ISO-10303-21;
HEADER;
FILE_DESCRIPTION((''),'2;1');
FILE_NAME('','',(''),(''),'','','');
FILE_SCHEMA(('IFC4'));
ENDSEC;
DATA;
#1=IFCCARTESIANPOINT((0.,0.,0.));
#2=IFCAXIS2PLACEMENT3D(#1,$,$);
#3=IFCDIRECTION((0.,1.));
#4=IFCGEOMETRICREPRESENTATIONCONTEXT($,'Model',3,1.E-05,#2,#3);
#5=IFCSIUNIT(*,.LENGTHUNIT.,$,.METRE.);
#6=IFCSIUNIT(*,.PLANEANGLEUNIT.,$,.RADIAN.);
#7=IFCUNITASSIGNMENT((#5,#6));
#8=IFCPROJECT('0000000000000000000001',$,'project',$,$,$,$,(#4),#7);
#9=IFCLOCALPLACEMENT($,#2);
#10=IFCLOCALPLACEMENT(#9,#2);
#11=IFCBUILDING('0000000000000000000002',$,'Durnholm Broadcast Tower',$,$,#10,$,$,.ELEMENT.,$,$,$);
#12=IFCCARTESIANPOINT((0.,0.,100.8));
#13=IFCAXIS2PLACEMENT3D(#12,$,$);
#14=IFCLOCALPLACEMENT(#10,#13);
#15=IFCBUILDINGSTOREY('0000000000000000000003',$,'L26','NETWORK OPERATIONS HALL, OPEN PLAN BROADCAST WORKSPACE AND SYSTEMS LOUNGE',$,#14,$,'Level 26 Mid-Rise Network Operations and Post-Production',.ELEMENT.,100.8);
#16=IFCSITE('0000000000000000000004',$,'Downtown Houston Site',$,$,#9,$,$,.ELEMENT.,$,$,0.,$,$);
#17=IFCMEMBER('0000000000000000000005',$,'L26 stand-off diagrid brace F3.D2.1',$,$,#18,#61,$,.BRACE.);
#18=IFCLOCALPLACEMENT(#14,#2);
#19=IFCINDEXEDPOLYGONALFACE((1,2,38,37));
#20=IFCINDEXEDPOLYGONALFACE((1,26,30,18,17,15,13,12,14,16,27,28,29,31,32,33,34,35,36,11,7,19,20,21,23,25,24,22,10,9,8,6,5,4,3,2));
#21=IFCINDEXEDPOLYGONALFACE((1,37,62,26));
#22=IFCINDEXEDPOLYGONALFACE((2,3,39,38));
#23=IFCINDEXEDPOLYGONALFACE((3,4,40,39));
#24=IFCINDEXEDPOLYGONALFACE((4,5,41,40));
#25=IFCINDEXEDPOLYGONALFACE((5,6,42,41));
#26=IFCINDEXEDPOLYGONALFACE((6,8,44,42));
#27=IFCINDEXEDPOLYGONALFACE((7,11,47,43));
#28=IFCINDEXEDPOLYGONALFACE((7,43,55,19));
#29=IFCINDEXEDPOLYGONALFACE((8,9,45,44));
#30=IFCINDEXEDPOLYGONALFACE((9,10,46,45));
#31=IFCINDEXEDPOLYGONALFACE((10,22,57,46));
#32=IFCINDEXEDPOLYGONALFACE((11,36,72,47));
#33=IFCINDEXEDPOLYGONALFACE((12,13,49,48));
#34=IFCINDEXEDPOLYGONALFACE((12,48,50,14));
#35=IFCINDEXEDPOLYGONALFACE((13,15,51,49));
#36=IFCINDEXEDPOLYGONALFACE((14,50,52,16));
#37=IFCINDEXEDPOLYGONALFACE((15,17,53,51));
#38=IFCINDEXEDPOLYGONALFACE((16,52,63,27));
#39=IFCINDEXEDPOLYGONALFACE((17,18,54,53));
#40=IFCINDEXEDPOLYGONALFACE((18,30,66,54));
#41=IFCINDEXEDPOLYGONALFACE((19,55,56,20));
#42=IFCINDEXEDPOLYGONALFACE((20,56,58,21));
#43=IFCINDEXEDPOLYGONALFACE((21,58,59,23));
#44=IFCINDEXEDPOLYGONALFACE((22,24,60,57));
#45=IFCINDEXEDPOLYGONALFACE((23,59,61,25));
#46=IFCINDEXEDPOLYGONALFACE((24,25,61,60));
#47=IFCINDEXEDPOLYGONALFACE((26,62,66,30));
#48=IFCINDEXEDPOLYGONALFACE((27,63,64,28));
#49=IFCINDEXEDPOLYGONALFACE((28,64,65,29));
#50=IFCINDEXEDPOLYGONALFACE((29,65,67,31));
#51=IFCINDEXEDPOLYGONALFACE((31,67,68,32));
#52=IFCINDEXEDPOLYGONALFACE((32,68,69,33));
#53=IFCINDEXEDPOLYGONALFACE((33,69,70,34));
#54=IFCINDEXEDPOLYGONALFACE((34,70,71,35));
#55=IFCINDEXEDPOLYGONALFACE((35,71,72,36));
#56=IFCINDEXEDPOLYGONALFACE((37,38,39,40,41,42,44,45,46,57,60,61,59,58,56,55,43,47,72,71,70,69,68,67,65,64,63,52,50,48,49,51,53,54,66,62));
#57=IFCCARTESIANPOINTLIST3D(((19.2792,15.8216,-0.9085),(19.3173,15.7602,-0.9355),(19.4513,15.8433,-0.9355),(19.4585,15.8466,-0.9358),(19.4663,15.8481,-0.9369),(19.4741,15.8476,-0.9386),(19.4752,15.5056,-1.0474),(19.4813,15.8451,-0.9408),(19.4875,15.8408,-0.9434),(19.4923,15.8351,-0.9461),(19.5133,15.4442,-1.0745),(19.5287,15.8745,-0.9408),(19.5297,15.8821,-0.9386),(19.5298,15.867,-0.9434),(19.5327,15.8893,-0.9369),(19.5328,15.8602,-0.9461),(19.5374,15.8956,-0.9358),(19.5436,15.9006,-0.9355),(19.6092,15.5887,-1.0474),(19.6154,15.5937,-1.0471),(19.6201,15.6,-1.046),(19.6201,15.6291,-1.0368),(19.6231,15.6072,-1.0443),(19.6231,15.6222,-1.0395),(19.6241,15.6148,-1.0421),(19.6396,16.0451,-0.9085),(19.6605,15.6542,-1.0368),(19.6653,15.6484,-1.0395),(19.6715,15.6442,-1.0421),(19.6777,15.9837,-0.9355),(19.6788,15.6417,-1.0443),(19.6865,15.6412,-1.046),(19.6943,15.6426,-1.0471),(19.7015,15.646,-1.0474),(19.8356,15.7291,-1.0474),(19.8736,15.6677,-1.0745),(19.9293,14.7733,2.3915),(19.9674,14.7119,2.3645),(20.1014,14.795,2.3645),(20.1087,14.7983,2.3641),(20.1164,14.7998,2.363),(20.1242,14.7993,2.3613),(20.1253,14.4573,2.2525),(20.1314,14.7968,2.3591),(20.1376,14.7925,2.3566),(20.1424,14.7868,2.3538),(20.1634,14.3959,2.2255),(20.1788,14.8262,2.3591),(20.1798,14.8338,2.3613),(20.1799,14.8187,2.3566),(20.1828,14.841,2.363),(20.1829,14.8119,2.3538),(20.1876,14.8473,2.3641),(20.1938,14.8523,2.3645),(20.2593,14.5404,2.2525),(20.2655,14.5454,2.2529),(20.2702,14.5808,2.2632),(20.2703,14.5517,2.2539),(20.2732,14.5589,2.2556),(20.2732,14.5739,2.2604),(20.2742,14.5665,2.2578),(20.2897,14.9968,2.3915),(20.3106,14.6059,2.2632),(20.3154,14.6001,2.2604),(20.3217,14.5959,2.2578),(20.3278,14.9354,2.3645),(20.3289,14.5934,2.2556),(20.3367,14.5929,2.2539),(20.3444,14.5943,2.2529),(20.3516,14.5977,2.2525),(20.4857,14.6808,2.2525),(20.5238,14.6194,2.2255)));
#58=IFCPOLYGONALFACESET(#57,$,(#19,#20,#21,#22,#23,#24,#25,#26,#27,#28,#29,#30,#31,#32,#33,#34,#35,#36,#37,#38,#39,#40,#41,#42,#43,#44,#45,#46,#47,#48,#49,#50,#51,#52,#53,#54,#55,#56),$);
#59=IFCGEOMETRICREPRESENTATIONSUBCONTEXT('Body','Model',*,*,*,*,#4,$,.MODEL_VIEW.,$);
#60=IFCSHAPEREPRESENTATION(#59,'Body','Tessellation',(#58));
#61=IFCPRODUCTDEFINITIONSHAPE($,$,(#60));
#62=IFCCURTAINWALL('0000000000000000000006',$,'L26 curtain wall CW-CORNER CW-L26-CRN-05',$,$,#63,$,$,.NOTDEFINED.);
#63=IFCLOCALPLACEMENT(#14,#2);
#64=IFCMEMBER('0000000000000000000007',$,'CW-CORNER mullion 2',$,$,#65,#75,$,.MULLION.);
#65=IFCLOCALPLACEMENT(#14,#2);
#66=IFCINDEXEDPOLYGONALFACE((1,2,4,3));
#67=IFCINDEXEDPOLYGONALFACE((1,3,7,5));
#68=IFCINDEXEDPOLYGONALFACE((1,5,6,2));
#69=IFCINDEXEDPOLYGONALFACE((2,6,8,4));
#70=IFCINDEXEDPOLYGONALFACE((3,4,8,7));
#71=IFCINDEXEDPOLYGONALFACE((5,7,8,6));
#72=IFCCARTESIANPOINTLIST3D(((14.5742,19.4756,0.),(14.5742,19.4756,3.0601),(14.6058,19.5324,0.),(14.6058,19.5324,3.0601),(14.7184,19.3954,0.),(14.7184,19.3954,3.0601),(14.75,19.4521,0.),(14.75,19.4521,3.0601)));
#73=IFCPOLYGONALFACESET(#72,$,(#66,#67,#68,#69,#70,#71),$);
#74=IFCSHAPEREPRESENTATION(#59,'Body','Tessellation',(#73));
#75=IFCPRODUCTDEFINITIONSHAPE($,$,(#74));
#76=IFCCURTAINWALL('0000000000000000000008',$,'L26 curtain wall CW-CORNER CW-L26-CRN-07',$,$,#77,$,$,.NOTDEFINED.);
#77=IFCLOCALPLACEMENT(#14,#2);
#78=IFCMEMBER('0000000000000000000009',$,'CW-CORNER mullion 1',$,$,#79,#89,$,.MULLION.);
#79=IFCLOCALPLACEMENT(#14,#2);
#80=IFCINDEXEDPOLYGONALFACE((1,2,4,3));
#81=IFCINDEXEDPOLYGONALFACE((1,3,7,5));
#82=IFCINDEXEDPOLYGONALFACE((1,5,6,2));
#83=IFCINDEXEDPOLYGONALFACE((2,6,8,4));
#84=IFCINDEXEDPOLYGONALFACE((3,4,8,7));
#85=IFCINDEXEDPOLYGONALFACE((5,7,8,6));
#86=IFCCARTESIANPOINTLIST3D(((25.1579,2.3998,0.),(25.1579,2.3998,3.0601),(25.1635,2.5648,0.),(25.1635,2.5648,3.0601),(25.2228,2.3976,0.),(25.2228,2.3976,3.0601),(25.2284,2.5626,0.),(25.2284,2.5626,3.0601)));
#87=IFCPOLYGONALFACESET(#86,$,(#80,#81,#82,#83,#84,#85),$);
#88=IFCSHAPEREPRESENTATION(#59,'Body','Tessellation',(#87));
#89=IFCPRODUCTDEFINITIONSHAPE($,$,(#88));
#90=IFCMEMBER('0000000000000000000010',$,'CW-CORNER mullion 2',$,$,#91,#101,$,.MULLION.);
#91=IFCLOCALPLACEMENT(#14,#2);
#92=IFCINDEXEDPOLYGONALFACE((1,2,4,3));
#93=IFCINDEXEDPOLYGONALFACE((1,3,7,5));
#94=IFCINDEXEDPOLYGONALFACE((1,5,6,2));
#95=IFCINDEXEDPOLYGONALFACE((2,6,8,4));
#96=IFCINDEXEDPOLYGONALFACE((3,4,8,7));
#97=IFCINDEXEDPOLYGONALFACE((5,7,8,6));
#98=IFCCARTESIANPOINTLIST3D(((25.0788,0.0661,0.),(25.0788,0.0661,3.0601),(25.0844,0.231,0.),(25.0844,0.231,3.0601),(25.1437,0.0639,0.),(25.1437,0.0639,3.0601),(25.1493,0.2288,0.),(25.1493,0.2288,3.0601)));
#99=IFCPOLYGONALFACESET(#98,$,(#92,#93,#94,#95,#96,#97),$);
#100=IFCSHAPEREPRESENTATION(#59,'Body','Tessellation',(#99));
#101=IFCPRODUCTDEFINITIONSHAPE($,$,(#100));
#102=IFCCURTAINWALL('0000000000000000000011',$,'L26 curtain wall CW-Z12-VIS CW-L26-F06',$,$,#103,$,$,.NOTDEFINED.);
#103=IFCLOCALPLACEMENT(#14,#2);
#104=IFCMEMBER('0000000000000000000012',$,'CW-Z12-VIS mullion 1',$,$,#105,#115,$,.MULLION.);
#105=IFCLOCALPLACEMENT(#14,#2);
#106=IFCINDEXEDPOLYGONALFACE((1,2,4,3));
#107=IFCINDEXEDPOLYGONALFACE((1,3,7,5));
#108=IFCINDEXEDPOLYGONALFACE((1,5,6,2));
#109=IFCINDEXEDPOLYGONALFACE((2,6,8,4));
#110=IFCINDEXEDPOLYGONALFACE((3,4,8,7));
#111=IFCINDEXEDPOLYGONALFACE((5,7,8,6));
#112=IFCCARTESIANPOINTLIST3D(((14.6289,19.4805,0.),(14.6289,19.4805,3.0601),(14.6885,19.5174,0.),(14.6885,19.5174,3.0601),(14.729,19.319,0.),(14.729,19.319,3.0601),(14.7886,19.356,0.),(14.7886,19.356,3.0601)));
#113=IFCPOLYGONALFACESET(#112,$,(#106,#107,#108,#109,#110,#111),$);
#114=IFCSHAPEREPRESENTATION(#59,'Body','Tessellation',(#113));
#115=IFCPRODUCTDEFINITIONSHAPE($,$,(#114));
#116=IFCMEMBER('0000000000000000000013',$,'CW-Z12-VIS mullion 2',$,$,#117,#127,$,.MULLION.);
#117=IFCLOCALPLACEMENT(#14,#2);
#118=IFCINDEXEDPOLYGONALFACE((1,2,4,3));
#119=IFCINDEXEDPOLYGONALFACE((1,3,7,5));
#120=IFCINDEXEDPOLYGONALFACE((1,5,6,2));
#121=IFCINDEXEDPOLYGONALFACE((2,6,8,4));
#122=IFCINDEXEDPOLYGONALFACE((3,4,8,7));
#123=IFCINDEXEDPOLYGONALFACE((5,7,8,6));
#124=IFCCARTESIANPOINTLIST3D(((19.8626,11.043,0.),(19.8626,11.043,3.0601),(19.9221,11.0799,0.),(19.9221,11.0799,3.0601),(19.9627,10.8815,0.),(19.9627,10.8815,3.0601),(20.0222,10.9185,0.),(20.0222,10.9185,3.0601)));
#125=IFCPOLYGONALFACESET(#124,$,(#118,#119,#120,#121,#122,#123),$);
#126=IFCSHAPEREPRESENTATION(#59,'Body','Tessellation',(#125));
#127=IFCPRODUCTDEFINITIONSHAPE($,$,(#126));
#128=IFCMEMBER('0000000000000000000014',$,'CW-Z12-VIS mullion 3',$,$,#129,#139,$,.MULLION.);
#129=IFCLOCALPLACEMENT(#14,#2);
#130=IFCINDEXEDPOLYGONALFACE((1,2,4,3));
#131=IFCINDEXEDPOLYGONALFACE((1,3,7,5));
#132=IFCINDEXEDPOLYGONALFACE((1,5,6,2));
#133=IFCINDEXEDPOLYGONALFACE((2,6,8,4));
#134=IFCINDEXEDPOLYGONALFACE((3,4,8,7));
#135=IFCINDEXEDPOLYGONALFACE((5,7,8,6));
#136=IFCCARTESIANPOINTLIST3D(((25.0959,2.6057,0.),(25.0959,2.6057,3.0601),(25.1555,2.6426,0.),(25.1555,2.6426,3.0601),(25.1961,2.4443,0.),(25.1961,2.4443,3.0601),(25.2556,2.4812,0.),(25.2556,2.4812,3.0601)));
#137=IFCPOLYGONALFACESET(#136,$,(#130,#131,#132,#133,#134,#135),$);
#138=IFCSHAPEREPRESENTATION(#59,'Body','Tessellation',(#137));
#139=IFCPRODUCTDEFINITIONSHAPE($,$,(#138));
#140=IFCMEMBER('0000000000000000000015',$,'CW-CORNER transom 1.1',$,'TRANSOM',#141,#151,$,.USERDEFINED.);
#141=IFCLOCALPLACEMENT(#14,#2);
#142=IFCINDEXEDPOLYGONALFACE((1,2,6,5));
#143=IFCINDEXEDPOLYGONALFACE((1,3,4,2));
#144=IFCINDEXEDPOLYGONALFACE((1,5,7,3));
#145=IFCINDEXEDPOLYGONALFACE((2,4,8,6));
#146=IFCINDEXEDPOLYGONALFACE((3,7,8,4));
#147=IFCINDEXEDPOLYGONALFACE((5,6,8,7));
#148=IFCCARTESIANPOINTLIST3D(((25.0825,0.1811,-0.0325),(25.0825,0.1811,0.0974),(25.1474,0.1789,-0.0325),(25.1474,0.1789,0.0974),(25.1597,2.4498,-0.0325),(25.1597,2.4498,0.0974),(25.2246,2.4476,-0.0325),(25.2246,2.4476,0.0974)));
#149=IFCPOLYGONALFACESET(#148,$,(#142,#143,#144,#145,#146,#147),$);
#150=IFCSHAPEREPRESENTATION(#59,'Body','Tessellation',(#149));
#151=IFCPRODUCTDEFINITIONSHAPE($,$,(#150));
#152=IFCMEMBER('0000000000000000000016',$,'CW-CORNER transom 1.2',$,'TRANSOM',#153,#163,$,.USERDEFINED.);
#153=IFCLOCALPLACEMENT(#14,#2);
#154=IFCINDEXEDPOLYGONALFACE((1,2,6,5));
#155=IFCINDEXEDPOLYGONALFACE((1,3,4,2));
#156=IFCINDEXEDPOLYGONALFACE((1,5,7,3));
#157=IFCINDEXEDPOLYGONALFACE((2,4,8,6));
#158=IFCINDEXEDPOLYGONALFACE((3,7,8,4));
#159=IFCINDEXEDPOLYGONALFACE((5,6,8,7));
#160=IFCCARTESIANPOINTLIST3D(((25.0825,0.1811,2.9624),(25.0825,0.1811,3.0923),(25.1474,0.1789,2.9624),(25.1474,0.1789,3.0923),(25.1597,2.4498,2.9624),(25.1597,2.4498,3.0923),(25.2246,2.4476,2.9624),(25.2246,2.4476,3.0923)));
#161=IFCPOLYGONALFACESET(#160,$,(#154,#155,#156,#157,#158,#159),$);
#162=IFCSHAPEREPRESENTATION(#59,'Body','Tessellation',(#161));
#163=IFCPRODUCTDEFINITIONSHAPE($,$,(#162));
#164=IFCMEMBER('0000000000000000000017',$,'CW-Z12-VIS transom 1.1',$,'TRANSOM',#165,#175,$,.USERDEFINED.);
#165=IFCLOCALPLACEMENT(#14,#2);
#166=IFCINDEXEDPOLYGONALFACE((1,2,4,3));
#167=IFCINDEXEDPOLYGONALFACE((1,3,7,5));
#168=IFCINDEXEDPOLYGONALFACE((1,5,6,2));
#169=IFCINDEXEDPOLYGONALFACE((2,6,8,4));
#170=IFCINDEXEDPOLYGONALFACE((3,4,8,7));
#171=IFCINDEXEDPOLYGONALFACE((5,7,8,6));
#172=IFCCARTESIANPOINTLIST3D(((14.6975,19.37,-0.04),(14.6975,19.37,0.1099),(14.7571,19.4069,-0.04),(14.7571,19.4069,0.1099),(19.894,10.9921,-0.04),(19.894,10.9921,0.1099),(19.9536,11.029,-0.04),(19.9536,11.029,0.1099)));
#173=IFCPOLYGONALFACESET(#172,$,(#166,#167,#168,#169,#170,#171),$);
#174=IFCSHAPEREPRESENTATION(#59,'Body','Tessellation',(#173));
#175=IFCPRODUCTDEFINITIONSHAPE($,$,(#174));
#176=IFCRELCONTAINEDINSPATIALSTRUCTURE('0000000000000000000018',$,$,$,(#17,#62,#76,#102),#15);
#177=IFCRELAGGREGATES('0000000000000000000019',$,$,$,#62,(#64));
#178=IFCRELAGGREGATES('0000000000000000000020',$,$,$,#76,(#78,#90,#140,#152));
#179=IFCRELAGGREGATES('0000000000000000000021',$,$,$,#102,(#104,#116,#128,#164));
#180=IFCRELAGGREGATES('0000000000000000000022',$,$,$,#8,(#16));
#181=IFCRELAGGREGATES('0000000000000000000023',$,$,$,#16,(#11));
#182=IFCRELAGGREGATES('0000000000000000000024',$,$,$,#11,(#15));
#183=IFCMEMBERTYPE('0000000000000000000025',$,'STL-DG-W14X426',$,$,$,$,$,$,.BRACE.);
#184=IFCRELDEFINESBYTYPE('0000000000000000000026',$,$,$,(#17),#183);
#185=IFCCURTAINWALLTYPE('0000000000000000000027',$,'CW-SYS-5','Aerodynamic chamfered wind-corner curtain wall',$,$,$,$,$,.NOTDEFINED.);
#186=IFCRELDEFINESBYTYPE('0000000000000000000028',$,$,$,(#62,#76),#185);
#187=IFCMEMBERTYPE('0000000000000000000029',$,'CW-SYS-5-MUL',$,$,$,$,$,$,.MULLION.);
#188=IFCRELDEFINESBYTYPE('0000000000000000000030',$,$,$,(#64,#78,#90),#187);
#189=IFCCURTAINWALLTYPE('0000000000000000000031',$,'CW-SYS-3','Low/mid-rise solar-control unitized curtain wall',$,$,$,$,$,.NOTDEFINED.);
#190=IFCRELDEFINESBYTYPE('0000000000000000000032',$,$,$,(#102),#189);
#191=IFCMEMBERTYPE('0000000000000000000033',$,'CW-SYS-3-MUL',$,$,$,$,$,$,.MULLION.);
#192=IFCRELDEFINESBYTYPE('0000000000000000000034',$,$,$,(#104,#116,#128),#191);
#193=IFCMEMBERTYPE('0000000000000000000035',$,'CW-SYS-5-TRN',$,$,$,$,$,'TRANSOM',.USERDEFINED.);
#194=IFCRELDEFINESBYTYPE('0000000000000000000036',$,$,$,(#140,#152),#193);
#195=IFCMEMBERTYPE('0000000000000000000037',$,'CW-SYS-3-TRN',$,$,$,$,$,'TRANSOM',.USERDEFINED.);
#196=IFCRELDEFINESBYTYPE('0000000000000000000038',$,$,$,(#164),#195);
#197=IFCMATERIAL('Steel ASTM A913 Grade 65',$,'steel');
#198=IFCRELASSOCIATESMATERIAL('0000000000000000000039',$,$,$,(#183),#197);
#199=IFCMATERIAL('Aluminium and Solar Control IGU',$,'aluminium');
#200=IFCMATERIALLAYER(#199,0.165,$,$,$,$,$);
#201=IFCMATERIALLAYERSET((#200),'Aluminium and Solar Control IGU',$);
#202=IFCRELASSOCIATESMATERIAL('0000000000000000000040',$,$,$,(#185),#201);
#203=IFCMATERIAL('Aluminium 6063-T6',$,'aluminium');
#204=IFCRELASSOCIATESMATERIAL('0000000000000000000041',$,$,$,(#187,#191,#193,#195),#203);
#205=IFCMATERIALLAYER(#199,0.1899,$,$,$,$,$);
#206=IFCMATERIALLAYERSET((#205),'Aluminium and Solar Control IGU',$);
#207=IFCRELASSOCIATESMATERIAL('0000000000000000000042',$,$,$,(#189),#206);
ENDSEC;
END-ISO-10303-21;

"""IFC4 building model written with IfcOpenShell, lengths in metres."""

from ifc_helpers import new_model, si_unit, direction, frame, origin, origin_2d, place, context, subcontext, project, spatial, rectangle, i_section, extrude, source, transform, mapped, material, layer, layer_set, material_profile, profile_set, type_object, type_shapes, element, aggregate, save


model = new_model("IFC4")

# Units and contexts
model_context = context("Model", 3, precision=1e-05, world=origin(), true_north=direction((0.0, 1.0)))
body_context = subcontext(model_context, "Body", "Model", "MODEL_VIEW")
ifc_project = project(units=[si_unit("LENGTHUNIT", "METRE"), si_unit("PLANEANGLEUNIT", "RADIAN")], contexts=[model_context])

# Site, building, storey
site_placement = place(None, origin())
site = spatial("IfcSite", under=ifc_project, at=site_placement, Name="Downtown Houston Site", CompositionType="ELEMENT", RefElevation=0.0)
building_placement = place(site_placement, origin())
building = spatial("IfcBuilding", under=site, at=building_placement, Name="Durnholm Broadcast Tower", CompositionType="ELEMENT")
storey_placement = place(building_placement, frame((0.0, 0.0, 100.8)))
storey = spatial("IfcBuildingStorey", under=building, at=storey_placement, Name="L26", Description="NETWORK OPERATIONS HALL, OPEN PLAN BROADCAST WORKSPACE AND SYSTEMS LOUNGE", LongName="Level 26 Mid-Rise Network Operations and Post-Production", CompositionType="ELEMENT", Elevation=100.8)

# Member
ifc_material_1 = material(Name="Steel ASTM A913 Grade 65", Category="steel")
ifc_material_profile_1 = material_profile(ifc_material_1, i_section(OverallWidth=0.4241, OverallDepth=0.4741, WebThickness=0.0476, FlangeThickness=0.0771, FilletRadius=0.0305, at=origin_2d()), Name="W14X426")
ifc_profile_set_1 = profile_set([ifc_material_profile_1], Name="Steel ASTM A913 Grade 65")
member_type_1 = type_object("IfcMemberType", Name="STL-DG-W14X426", PredefinedType="BRACE", material=ifc_profile_set_1)
shared_shape_1 = source(origin(), body_context, "Body", "SweptSolid", [
    extrude(i_section(OverallWidth=0.4241, OverallDepth=0.4741, WebThickness=0.0476, FlangeThickness=0.0771, FilletRadius=0.0305, at=origin_2d()), origin(), (0.0, 0.0, 1.0), 3.5229),
])
member_1_placement = place(storey_placement, frame((19.5764, 15.7446, -0.9915), z_axis=(0.18454, -0.297564, 0.936697), x_axis=(0.849839, 0.527043, 0.0)))
element("IfcMember", 1, at=member_1_placement, inside=storey, type_object=member_type_1, Name="L26 stand-off diagrid brace F3.D2.1", PredefinedType="BRACE", context=body_context, shape_type="MappedRepresentation", body=[
    mapped(shared_shape_1, transform((0.0, 0.0, 0.0), x_axis=(1.0, 0.0, 0.0), y_axis=(0.0, 1.0, 0.0), z_axis=(0.0, 0.0, 1.0), scale=1.0)),
])

# Curtain wall, member
ifc_material_2 = material(Name="Aluminium and Solar Control IGU", Category="aluminium")
ifc_layer_1 = layer(ifc_material_2, 0.165)
ifc_layer_set_1 = layer_set([ifc_layer_1], Name="Aluminium and Solar Control IGU")
curtain_wall_type_1 = type_object("IfcCurtainWallType", Name="CW-SYS-5", Description="Aerodynamic chamfered wind-corner curtain wall", PredefinedType="NOTDEFINED", material=ifc_layer_set_1)
curtain_wall_1_placement = place(storey_placement, origin())
curtain_wall_1 = element("IfcCurtainWall", 2, at=curtain_wall_1_placement, inside=storey, type_object=curtain_wall_type_1, Name="L26 curtain wall CW-CORNER CW-L26-CRN-05", PredefinedType="NOTDEFINED")
ifc_material_3 = material(Name="Aluminium 6063-T6", Category="aluminium")
ifc_material_profile_2 = material_profile(ifc_material_3, rectangle(XDim=0.0649, YDim=0.165, at=origin_2d()), Name="CWM65X165")
ifc_profile_set_2 = profile_set([ifc_material_profile_2], Name="Aluminium 6063-T6")
member_type_2 = type_object("IfcMemberType", Name="CW-SYS-5-MUL", PredefinedType="MULLION", material=ifc_profile_set_2)
shared_shape_2 = source(origin(), body_context, "Body", "SweptSolid", [
    extrude(rectangle(XDim=0.0649, YDim=0.165, at=origin_2d()), origin(), (0.0, 0.0, 1.0), 3.0601),
])
type_shapes(member_type_2, [shared_shape_2])
member_2_placement = place(storey_placement, frame((14.6621, 19.4639, 0.0), z_axis=(0.0, 0.0, 1.0), x_axis=(0.486244, 0.873823, 0.0)))
member_2 = element("IfcMember", 3, at=member_2_placement, type_object=member_type_2, Name="CW-CORNER mullion 2", PredefinedType="MULLION", context=body_context, shape_type="MappedRepresentation", body=[
    mapped(shared_shape_2, transform((0.0, 0.0, 0.0), x_axis=(1.0, 0.0, 0.0), y_axis=(0.0, 1.0, 0.0), z_axis=(0.0, 0.0, 1.0), scale=1.0)),
])

# Curtain walls, members
curtain_wall_2_placement = place(storey_placement, origin())
curtain_wall_2 = element("IfcCurtainWall", 4, at=curtain_wall_2_placement, inside=storey, type_object=curtain_wall_type_1, Name="L26 curtain wall CW-CORNER CW-L26-CRN-07", PredefinedType="NOTDEFINED")
member_3_placement = place(storey_placement, frame((25.1931, 2.4812, 0.0), z_axis=(0.0, 0.0, 1.0), x_axis=(0.999425, -0.033917, 0.0)))
member_3 = element("IfcMember", 5, at=member_3_placement, type_object=member_type_2, Name="CW-CORNER mullion 1", PredefinedType="MULLION", context=body_context, shape_type="MappedRepresentation", body=[
    mapped(shared_shape_2, transform((0.0, 0.0, 0.0), x_axis=(1.0, 0.0, 0.0), y_axis=(0.0, 1.0, 0.0), z_axis=(0.0, 0.0, 1.0), scale=1.0)),
])
member_4_placement = place(storey_placement, frame((25.114, 0.1475, 0.0), z_axis=(0.0, 0.0, 1.0), x_axis=(0.999425, -0.033917, 0.0)))
member_4 = element("IfcMember", 6, at=member_4_placement, type_object=member_type_2, Name="CW-CORNER mullion 2", PredefinedType="MULLION", context=body_context, shape_type="MappedRepresentation", body=[
    mapped(shared_shape_2, transform((0.0, 0.0, 0.0), x_axis=(1.0, 0.0, 0.0), y_axis=(0.0, 1.0, 0.0), z_axis=(0.0, 0.0, 1.0), scale=1.0)),
])
ifc_layer_2 = layer(ifc_material_2, 0.1899)
ifc_layer_set_2 = layer_set([ifc_layer_2], Name="Aluminium and Solar Control IGU")
curtain_wall_type_2 = type_object("IfcCurtainWallType", Name="CW-SYS-3", Description="Low/mid-rise solar-control unitized curtain wall", PredefinedType="NOTDEFINED", material=ifc_layer_set_2)
curtain_wall_3_placement = place(storey_placement, origin())
curtain_wall_3 = element("IfcCurtainWall", 7, at=curtain_wall_3_placement, inside=storey, type_object=curtain_wall_type_2, Name="L26 curtain wall CW-Z12-VIS CW-L26-F06", PredefinedType="NOTDEFINED")
ifc_material_profile_3 = material_profile(ifc_material_3, rectangle(XDim=0.0701, YDim=0.1899, at=origin_2d()), Name="CWM70X190")
ifc_profile_set_3 = profile_set([ifc_material_profile_3], Name="Aluminium 6063-T6")
member_type_3 = type_object("IfcMemberType", Name="CW-SYS-3-MUL", PredefinedType="MULLION", material=ifc_profile_set_3)
shared_shape_3 = source(origin(), body_context, "Body", "SweptSolid", [
    extrude(rectangle(XDim=0.0701, YDim=0.1899, at=origin_2d()), origin(), (0.0, 0.0, 1.0), 3.0601),
])
type_shapes(member_type_3, [shared_shape_3])
member_5_placement = place(storey_placement, frame((14.7087, 19.4182, 0.0), z_axis=(0.0, 0.0, 1.0), x_axis=(0.8498, 0.527105, 0.0)))
member_5 = element("IfcMember", 8, at=member_5_placement, type_object=member_type_3, Name="CW-Z12-VIS mullion 1", PredefinedType="MULLION", context=body_context, shape_type="MappedRepresentation", body=[
    mapped(shared_shape_3, transform((0.0, 0.0, 0.0), x_axis=(1.0, 0.0, 0.0), y_axis=(0.0, 1.0, 0.0), z_axis=(0.0, 0.0, 1.0), scale=1.0)),
])
member_6_placement = place(storey_placement, frame((19.9424, 10.9807, 0.0), z_axis=(0.0, 0.0, 1.0), x_axis=(0.8498, 0.527105, 0.0)))
member_6 = element("IfcMember", 9, at=member_6_placement, type_object=member_type_3, Name="CW-Z12-VIS mullion 2", PredefinedType="MULLION", context=body_context, shape_type="MappedRepresentation", body=[
    mapped(shared_shape_3, transform((0.0, 0.0, 0.0), x_axis=(1.0, 0.0, 0.0), y_axis=(0.0, 1.0, 0.0), z_axis=(0.0, 0.0, 1.0), scale=1.0)),
])
member_7_placement = place(storey_placement, frame((25.1758, 2.5435, 0.0), z_axis=(0.0, 0.0, 1.0), x_axis=(0.8498, 0.527105, 0.0)))
member_7 = element("IfcMember", 10, at=member_7_placement, type_object=member_type_3, Name="CW-Z12-VIS mullion 3", PredefinedType="MULLION", context=body_context, shape_type="MappedRepresentation", body=[
    mapped(shared_shape_3, transform((0.0, 0.0, 0.0), x_axis=(1.0, 0.0, 0.0), y_axis=(0.0, 1.0, 0.0), z_axis=(0.0, 0.0, 1.0), scale=1.0)),
])

# Members
ifc_material_profile_4 = material_profile(ifc_material_3, rectangle(XDim=0.0649, YDim=0.1299, at=origin_2d()), Name="CWT65X130")
ifc_profile_set_4 = profile_set([ifc_material_profile_4], Name="Aluminium 6063-T6")
member_type_4 = type_object("IfcMemberType", Name="CW-SYS-5-TRN", ElementType="TRANSOM", PredefinedType="USERDEFINED", material=ifc_profile_set_4)
shared_shape_4 = source(origin(), body_context, "Body", "SweptSolid", [
    extrude(rectangle(XDim=0.0649, YDim=0.1299, at=origin_2d()), origin(), (0.0, 0.0, 1.0), 2.27),
])
type_shapes(member_type_4, [shared_shape_4])
member_8_placement = place(storey_placement, frame((25.1921, 2.4487, 0.0325), z_axis=(-0.033984, -0.999422, 0.0), x_axis=(0.999422, -0.033984, 0.0)))
member_8 = element("IfcMember", 11, at=member_8_placement, type_object=member_type_4, Name="CW-CORNER transom 1.1", ObjectType="TRANSOM", PredefinedType="USERDEFINED", context=body_context, shape_type="MappedRepresentation", body=[
    mapped(shared_shape_4, transform((0.0, 0.0, 0.0), x_axis=(1.0, 0.0, 0.0), y_axis=(0.0, 1.0, 0.0), z_axis=(0.0, 0.0, 1.0), scale=1.0)),
])
member_9_placement = place(storey_placement, frame((25.1921, 2.4487, 3.0273), z_axis=(-0.033984, -0.999422, 0.0), x_axis=(0.999422, -0.033984, 0.0)))
member_9 = element("IfcMember", 12, at=member_9_placement, type_object=member_type_4, Name="CW-CORNER transom 1.2", ObjectType="TRANSOM", PredefinedType="USERDEFINED", context=body_context, shape_type="MappedRepresentation", body=[
    mapped(shared_shape_4, transform((0.0, 0.0, 0.0), x_axis=(1.0, 0.0, 0.0), y_axis=(0.0, 1.0, 0.0), z_axis=(0.0, 0.0, 1.0), scale=1.0)),
])
ifc_material_profile_5 = material_profile(ifc_material_3, rectangle(XDim=0.0701, YDim=0.1499, at=origin_2d()), Name="CWT70X150")
ifc_profile_set_5 = profile_set([ifc_material_profile_5], Name="Aluminium 6063-T6")
member_type_5 = type_object("IfcMemberType", Name="CW-SYS-3-TRN", ElementType="TRANSOM", PredefinedType="USERDEFINED", material=ifc_profile_set_5)
shared_shape_5 = source(origin(), body_context, "Body", "SweptSolid", [
    extrude(rectangle(XDim=0.0701, YDim=0.1499, at=origin_2d()), origin(), (0.0, 0.0, 1.0), 9.8586),
])
member_10_placement = place(storey_placement, frame((14.7273, 19.3884, 0.0349), z_axis=(0.527102, -0.849802, 0.0), x_axis=(0.849802, 0.527102, 0.0)))
member_10 = element("IfcMember", 13, at=member_10_placement, type_object=member_type_5, Name="CW-Z12-VIS transom 1.1", ObjectType="TRANSOM", PredefinedType="USERDEFINED", context=body_context, shape_type="MappedRepresentation", body=[
    mapped(shared_shape_5, transform((0.0, 0.0, 0.0), x_axis=(1.0, 0.0, 0.0), y_axis=(0.0, 1.0, 0.0), z_axis=(0.0, 0.0, 1.0), scale=1.0)),
])

aggregate(curtain_wall_1, [member_2])
aggregate(curtain_wall_2, [member_3, member_4, member_8, member_9])
aggregate(curtain_wall_3, [member_5, member_6, member_7, member_10])

save(model, "model.ifc")
